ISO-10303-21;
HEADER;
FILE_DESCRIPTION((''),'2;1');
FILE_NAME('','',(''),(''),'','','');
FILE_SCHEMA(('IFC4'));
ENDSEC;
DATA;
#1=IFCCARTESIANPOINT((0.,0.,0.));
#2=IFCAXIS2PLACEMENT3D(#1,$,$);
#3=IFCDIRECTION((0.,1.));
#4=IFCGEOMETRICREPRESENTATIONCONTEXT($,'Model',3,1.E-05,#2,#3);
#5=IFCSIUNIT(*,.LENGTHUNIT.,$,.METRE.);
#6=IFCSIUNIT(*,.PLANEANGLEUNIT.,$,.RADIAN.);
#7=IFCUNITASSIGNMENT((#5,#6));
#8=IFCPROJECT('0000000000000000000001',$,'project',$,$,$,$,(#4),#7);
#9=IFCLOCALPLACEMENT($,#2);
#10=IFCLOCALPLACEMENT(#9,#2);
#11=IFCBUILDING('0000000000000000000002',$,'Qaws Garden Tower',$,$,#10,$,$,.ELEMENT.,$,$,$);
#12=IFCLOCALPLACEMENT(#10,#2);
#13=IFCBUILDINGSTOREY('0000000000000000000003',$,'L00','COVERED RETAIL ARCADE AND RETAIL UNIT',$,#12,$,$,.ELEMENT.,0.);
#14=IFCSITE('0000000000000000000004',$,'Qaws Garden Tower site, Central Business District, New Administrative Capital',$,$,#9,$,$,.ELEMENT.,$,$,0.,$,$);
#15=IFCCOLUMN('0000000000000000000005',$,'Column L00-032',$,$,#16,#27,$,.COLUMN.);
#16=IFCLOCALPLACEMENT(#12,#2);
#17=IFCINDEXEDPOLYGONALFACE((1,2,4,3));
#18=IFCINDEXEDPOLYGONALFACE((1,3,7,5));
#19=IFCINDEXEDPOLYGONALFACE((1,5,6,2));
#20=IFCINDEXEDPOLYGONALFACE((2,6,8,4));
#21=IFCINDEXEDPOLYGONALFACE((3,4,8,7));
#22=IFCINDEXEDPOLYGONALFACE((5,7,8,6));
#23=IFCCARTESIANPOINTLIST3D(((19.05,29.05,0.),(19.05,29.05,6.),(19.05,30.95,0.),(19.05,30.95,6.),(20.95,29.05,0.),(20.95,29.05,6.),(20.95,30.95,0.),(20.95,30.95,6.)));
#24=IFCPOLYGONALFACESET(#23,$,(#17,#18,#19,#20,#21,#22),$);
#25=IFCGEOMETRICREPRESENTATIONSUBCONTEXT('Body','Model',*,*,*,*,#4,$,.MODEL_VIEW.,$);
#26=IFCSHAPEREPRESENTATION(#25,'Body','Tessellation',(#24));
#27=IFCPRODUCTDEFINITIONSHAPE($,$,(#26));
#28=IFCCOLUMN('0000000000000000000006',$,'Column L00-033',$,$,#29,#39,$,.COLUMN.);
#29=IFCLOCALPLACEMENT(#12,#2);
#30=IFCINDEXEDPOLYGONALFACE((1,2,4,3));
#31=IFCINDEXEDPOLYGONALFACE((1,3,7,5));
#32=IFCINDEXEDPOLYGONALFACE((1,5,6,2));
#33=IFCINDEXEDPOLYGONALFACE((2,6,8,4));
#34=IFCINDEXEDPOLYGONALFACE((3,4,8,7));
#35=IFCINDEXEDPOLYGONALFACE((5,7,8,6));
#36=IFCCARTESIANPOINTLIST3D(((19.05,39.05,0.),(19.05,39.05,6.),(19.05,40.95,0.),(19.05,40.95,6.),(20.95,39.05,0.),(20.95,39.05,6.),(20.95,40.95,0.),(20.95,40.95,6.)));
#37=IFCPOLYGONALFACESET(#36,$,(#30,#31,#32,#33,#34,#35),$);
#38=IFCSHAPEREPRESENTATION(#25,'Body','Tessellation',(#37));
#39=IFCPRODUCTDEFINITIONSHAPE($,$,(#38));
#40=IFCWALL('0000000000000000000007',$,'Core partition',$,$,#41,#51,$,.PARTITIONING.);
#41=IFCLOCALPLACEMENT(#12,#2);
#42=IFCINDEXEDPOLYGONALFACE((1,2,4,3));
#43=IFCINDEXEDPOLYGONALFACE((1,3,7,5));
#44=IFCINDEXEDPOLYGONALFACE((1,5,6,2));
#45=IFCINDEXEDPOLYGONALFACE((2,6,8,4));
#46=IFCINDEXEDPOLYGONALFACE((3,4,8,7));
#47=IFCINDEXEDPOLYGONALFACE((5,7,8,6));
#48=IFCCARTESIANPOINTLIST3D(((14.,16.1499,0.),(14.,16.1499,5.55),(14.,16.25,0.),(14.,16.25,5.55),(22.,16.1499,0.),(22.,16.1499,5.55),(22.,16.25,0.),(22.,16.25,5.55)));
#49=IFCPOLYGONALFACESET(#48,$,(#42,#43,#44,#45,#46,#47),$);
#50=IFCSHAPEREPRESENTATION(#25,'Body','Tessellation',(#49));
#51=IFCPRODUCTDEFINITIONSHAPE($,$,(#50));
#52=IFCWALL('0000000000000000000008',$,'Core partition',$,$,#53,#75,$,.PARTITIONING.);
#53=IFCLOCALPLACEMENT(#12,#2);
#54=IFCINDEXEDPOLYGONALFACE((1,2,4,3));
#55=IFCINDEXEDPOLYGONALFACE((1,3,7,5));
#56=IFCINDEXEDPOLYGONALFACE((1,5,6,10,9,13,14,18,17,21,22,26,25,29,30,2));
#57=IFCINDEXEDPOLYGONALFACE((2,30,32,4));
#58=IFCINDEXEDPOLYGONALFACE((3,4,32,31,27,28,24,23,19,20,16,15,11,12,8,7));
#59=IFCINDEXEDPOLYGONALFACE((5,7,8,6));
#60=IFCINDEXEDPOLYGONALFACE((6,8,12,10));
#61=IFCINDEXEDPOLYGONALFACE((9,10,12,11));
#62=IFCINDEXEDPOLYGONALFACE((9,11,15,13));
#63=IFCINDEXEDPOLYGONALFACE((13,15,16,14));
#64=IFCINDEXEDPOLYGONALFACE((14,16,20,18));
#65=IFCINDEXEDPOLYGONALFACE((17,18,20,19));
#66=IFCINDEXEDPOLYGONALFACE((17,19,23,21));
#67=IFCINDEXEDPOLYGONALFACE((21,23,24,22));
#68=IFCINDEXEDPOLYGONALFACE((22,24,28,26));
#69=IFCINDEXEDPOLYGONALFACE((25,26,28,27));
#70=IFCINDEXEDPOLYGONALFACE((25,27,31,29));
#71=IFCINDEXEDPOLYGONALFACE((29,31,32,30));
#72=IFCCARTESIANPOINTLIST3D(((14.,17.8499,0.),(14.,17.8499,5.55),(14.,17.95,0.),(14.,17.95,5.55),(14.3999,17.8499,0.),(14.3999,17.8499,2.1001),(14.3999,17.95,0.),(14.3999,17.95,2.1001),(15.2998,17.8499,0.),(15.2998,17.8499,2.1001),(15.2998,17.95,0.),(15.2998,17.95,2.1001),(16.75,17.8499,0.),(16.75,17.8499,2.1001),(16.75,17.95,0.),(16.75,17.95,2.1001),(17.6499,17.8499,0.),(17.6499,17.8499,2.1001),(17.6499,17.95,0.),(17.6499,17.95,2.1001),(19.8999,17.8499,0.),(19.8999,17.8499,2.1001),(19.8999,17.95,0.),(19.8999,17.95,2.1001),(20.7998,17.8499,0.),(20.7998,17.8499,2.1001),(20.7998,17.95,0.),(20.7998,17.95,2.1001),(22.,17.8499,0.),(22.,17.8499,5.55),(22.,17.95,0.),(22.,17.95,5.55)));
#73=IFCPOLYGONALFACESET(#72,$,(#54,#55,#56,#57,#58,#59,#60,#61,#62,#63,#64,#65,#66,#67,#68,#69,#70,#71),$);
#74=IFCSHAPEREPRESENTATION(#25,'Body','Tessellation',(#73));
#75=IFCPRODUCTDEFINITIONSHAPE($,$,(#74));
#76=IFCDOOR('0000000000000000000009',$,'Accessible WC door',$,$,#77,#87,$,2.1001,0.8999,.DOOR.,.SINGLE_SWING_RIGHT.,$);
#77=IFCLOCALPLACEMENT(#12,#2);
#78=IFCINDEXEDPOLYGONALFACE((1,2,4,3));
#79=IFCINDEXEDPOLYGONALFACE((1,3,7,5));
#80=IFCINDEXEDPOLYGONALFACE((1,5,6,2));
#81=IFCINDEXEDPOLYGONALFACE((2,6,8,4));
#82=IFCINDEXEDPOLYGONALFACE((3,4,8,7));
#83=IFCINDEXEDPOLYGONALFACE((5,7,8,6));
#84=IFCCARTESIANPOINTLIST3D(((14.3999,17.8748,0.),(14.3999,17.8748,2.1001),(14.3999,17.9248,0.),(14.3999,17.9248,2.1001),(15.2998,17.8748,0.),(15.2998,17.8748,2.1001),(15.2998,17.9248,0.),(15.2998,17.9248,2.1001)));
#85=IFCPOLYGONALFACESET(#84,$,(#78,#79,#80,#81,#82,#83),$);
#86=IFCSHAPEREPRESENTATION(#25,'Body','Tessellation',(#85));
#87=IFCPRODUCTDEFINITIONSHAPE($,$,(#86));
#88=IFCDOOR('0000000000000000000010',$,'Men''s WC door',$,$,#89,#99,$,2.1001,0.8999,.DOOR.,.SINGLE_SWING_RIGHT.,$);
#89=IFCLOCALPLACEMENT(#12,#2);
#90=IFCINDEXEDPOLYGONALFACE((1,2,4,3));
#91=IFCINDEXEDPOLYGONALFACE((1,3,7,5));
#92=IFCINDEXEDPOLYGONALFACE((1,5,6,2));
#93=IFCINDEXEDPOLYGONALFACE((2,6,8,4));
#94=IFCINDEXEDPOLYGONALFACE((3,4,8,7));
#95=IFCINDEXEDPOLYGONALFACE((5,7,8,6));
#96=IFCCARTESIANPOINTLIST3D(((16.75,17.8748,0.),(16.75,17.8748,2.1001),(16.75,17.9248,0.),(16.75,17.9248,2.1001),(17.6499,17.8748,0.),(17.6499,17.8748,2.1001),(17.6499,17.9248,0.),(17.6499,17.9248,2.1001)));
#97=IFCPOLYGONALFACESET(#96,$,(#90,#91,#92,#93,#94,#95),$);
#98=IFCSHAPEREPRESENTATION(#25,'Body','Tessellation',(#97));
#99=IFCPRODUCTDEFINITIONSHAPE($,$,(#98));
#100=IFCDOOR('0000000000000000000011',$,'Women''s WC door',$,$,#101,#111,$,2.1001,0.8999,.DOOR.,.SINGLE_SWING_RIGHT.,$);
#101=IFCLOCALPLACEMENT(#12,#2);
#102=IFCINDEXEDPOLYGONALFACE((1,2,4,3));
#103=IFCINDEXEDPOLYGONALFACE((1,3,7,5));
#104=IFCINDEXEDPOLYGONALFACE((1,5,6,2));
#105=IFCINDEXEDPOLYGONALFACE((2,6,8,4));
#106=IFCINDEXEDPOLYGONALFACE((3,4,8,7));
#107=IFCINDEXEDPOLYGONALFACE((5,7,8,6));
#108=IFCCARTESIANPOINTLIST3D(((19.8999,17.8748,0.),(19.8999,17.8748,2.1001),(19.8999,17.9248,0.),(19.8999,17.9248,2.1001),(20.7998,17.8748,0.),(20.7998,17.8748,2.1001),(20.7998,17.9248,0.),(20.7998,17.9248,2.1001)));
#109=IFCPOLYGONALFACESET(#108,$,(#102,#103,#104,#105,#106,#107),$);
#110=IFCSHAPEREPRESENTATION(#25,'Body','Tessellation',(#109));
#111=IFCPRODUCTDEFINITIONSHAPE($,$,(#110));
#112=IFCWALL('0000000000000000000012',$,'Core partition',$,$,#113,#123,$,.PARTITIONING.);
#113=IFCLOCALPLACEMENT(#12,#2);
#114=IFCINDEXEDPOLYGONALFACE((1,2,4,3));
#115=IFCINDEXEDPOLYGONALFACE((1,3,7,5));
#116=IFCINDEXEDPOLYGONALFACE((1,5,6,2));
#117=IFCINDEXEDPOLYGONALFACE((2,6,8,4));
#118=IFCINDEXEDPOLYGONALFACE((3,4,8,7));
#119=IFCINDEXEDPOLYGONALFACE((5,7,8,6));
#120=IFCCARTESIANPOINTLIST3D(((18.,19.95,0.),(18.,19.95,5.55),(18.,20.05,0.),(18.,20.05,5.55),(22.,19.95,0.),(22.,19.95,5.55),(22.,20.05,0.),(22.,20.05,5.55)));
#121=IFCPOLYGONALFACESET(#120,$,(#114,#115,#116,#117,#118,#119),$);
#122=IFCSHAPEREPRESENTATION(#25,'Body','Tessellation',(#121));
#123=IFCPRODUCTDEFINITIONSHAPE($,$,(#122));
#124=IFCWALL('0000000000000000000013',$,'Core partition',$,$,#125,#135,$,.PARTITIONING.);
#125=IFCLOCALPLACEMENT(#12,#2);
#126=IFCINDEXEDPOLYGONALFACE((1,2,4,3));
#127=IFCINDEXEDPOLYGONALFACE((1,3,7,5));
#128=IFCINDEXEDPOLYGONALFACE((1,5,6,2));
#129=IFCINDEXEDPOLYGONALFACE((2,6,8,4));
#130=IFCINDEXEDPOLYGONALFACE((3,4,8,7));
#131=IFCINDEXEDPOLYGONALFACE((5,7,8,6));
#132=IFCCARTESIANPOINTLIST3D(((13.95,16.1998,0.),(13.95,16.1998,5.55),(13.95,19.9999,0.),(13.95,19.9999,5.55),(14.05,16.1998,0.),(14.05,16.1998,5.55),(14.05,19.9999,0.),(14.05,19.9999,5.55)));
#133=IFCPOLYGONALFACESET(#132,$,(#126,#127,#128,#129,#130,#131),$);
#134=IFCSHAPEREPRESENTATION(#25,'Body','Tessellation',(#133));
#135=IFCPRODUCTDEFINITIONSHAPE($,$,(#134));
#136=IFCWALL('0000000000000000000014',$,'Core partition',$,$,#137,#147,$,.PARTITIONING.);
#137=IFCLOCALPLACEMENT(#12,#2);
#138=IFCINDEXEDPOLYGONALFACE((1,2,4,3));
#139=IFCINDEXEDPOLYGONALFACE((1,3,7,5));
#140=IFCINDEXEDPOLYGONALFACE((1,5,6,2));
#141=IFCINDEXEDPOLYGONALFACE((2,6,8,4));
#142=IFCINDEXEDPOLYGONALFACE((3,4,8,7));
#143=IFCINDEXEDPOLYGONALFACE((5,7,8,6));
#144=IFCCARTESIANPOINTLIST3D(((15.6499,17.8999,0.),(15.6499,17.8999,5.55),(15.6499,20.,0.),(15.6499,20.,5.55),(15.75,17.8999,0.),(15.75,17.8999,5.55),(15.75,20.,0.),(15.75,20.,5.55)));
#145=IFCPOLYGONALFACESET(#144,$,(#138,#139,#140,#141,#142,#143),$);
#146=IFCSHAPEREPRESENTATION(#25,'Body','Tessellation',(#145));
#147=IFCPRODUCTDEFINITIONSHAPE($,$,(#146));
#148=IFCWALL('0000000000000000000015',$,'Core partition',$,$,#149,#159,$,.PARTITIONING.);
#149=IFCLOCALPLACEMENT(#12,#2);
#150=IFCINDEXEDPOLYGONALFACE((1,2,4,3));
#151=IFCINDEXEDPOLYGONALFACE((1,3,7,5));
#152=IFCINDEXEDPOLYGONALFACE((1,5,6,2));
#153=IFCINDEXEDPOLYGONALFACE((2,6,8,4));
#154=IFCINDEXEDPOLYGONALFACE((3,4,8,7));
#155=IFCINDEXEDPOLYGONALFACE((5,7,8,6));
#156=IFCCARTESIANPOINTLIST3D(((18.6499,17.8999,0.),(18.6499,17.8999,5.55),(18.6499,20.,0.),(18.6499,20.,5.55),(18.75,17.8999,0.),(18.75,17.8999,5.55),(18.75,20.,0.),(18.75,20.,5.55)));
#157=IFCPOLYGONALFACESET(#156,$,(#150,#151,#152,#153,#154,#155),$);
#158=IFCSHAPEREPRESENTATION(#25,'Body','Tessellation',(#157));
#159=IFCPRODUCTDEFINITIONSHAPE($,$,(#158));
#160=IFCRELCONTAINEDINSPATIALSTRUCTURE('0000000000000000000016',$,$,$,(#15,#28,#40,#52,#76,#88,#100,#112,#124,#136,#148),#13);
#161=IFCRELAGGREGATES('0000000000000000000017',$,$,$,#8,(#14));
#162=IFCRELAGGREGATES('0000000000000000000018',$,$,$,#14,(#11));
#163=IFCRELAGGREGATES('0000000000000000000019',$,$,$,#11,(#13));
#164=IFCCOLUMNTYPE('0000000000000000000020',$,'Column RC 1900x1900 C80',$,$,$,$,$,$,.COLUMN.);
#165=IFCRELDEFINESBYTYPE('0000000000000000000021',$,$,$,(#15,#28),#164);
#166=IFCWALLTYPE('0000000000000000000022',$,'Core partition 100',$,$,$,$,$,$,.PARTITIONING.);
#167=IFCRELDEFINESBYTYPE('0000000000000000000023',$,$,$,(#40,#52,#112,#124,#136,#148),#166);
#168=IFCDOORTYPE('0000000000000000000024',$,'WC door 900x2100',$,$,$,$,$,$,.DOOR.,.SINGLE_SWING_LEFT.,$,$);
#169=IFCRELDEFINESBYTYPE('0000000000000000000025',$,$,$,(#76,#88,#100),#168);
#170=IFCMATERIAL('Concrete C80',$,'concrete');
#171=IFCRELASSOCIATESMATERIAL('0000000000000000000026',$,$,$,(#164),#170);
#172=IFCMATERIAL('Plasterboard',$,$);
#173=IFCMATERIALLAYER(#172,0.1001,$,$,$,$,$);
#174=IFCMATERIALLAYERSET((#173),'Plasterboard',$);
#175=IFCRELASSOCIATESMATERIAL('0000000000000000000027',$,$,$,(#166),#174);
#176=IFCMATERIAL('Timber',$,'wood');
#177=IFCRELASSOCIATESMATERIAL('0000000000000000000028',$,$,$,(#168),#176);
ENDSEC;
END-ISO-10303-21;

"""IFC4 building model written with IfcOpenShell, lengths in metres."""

from ifc_helpers import new_model, si_unit, direction, frame, frame_2d, origin, origin_2d, place, context, subcontext, project, spatial, rectangle, extrude, material, layer, layer_set, material_profile, profile_set, type_object, element, fill, save


model = new_model("IFC4")

# Units and contexts
model_context = context("Model", 3, precision=1e-05, world=origin(), true_north=direction((0.0, 1.0)))
body_context = subcontext(model_context, "Body", "Model", "MODEL_VIEW")
ifc_project = project(units=[si_unit("LENGTHUNIT", "METRE"), si_unit("PLANEANGLEUNIT", "RADIAN")], contexts=[model_context])

# Site, building, storey
site_placement = place(None, origin())
site = spatial("IfcSite", under=ifc_project, at=site_placement, Name="Qaws Garden Tower site, Central Business District, New Administrative Capital", CompositionType="ELEMENT", RefElevation=0.0)
building_placement = place(site_placement, origin())
building = spatial("IfcBuilding", under=site, at=building_placement, Name="Qaws Garden Tower", CompositionType="ELEMENT")
storey_placement = place(building_placement, origin())
storey = spatial("IfcBuildingStorey", under=building, at=storey_placement, Name="L00", Description="COVERED RETAIL ARCADE AND RETAIL UNIT", CompositionType="ELEMENT", Elevation=0.0)

# Columns
ifc_material_1 = material(Name="Concrete C80", Category="concrete")
ifc_material_profile = material_profile(ifc_material_1, rectangle(XDim=1.8999, YDim=1.8999, at=origin_2d()), Name="RC 1900x1900")
ifc_profile_set = profile_set([ifc_material_profile], Name="Concrete C80")
column_type = type_object("IfcColumnType", Name="Column RC 1900x1900 C80", PredefinedType="COLUMN", material=ifc_profile_set)
for number, where, z_axis, x_axis, name in (
    (1, (20.0, 30.0, 0.0), (0.0, 0.0, 1.0), (1.0, 0.0, 0.0), "Column L00-032"),
    (2, (20.0, 40.0, 0.0), (0.0, 0.0, 1.0), (1.0, 0.0, 0.0), "Column L00-033"),
):
    element("IfcColumn", number, at=place(storey_placement, frame(where, z_axis=z_axis, x_axis=x_axis)), inside=storey, type_object=column_type, Name=name, PredefinedType="COLUMN", context=body_context, shape_type="SweptSolid", body=[
        extrude(rectangle(XDim=1.8999, YDim=1.8999, at=origin_2d()), origin(), (0.0, 0.0, 1.0), 6.0),
    ])

# Wall
ifc_material_2 = material(Name="Plasterboard")
ifc_layer_1 = layer(ifc_material_2, 0.1001)
ifc_layer_set_1 = layer_set([ifc_layer_1], Name="Plasterboard")
wall_type_1 = type_object("IfcWallType", Name="Core partition 100", PredefinedType="PARTITIONING", material=ifc_layer_set_1)
wall_1_placement = place(storey_placement, frame((14.0, 16.2, 0.0), z_axis=(0.0, 0.0, 1.0), x_axis=(1.0, 0.0, 0.0)))
element("IfcWall", 3, at=wall_1_placement, inside=storey, type_object=wall_type_1, Name="Core partition", PredefinedType="PARTITIONING", context=body_context, shape_type="SweptSolid", body=[
    extrude(rectangle(XDim=8.0, YDim=0.1001, at=frame_2d((4.0, 0.0))), origin(), (0.0, 0.0, 1.0), 5.55),
])

# Wall, openings, doors
wall_2_placement = place(storey_placement, frame((14.0, 17.8999, 0.0), z_axis=(0.0, 0.0, 1.0), x_axis=(1.0, 0.0, 0.0)))
wall_2 = element("IfcWall", 4, at=wall_2_placement, inside=storey, type_object=wall_type_1, Name="Core partition", PredefinedType="PARTITIONING", context=body_context, shape_type="SweptSolid", body=[
    extrude(rectangle(XDim=8.0, YDim=0.1001, at=frame_2d((4.0, 0.0))), origin(), (0.0, 0.0, 1.0), 5.55),
])
opening_1_placement = place(wall_2_placement, frame((0.3999, 0.0, 0.0)))
opening_1 = element("IfcOpeningElement", 5, at=opening_1_placement, cuts=wall_2, PredefinedType="OPENING", context=body_context, shape_type="SweptSolid", body=[
    extrude(rectangle(XDim=0.8999, YDim=2.1001, at=frame_2d((0.45, 1.05))), frame((0.0, 0.0601, 0.0), z_axis=(0.0, -1.0, 0.0), x_axis=(1.0, 0.0, 0.0)), (0.0, 0.0, 1.0), 0.1201),
])
opening_2_placement = place(wall_2_placement, frame((2.75, 0.0, 0.0)))
opening_2 = element("IfcOpeningElement", 6, at=opening_2_placement, cuts=wall_2, PredefinedType="OPENING", context=body_context, shape_type="SweptSolid", body=[
    extrude(rectangle(XDim=0.8999, YDim=2.1001, at=frame_2d((0.45, 1.05))), frame((0.0, 0.0601, 0.0), z_axis=(0.0, -1.0, 0.0), x_axis=(1.0, 0.0, 0.0)), (0.0, 0.0, 1.0), 0.1201),
])
opening_3_placement = place(wall_2_placement, frame((5.8999, 0.0, 0.0)))
opening_3 = element("IfcOpeningElement", 7, at=opening_3_placement, cuts=wall_2, PredefinedType="OPENING", context=body_context, shape_type="SweptSolid", body=[
    extrude(rectangle(XDim=0.8999, YDim=2.1001, at=frame_2d((0.45, 1.05))), frame((0.0, 0.0601, 0.0), z_axis=(0.0, -1.0, 0.0), x_axis=(1.0, 0.0, 0.0)), (0.0, 0.0, 1.0), 0.1201),
])
ifc_material_3 = material(Name="Timber", Category="wood")
door_type_1 = type_object("IfcDoorType", Name="WC door 900x2100", OperationType="SINGLE_SWING_LEFT", PredefinedType="DOOR", material=ifc_material_3)
door_1_placement = place(opening_1_placement, origin())
door_1 = element("IfcDoor", 8, at=door_1_placement, inside=storey, type_object=door_type_1, Name="Accessible WC door", OperationType="SINGLE_SWING_RIGHT", OverallHeight=2.1001, OverallWidth=0.8999, PredefinedType="DOOR", context=body_context, shape_type="SweptSolid", body=[
    extrude(rectangle(XDim=0.8999, YDim=2.1001, at=frame_2d((0.45, 1.05))), frame((0.0, 0.0249, 0.0), z_axis=(0.0, -1.0, 0.0), x_axis=(1.0, 0.0, 0.0)), (0.0, 0.0, 1.0), 0.05),
])
fill(opening_1, door_1)
door_2_placement = place(opening_2_placement, origin())
door_2 = element("IfcDoor", 9, at=door_2_placement, inside=storey, type_object=door_type_1, Name="Men's WC door", OperationType="SINGLE_SWING_RIGHT", OverallHeight=2.1001, OverallWidth=0.8999, PredefinedType="DOOR", context=body_context, shape_type="SweptSolid", body=[
    extrude(rectangle(XDim=0.8999, YDim=2.1001, at=frame_2d((0.45, 1.05))), frame((0.0, 0.0249, 0.0), z_axis=(0.0, -1.0, 0.0), x_axis=(1.0, 0.0, 0.0)), (0.0, 0.0, 1.0), 0.05),
])
fill(opening_2, door_2)
door_3_placement = place(opening_3_placement, origin())
door_3 = element("IfcDoor", 10, at=door_3_placement, inside=storey, type_object=door_type_1, Name="Women's WC door", OperationType="SINGLE_SWING_RIGHT", OverallHeight=2.1001, OverallWidth=0.8999, PredefinedType="DOOR", context=body_context, shape_type="SweptSolid", body=[
    extrude(rectangle(XDim=0.8999, YDim=2.1001, at=frame_2d((0.45, 1.05))), frame((0.0, 0.0249, 0.0), z_axis=(0.0, -1.0, 0.0), x_axis=(1.0, 0.0, 0.0)), (0.0, 0.0, 1.0), 0.05),
])
fill(opening_3, door_3)

# Walls
wall_3_placement = place(storey_placement, frame((18.0, 20.0, 0.0), z_axis=(0.0, 0.0, 1.0), x_axis=(1.0, 0.0, 0.0)))
element("IfcWall", 11, at=wall_3_placement, inside=storey, type_object=wall_type_1, Name="Core partition", PredefinedType="PARTITIONING", context=body_context, shape_type="SweptSolid", body=[
    extrude(rectangle(XDim=4.0, YDim=0.1001, at=frame_2d((2.0, 0.0))), origin(), (0.0, 0.0, 1.0), 5.55),
])
wall_4_placement = place(storey_placement, frame((14.0, 16.2, 0.0), z_axis=(0.0, 0.0, 1.0), x_axis=(0.0, 1.0, 0.0)))
element("IfcWall", 12, at=wall_4_placement, inside=storey, type_object=wall_type_1, Name="Core partition", PredefinedType="PARTITIONING", context=body_context, shape_type="SweptSolid", body=[
    extrude(rectangle(XDim=3.8, YDim=0.1001, at=frame_2d((1.8999, 0.0))), origin(), (0.0, 0.0, 1.0), 5.55),
])
for number, where, z_axis, x_axis, name in (
    (13, (15.7, 17.8999, 0.0), (0.0, 0.0, 1.0), (0.0, 1.0, 0.0), "Core partition"),
    (14, (18.7, 17.8999, 0.0), (0.0, 0.0, 1.0), (0.0, 1.0, 0.0), "Core partition"),
):
    element("IfcWall", number, at=place(storey_placement, frame(where, z_axis=z_axis, x_axis=x_axis)), inside=storey, type_object=wall_type_1, Name=name, PredefinedType="PARTITIONING", context=body_context, shape_type="SweptSolid", body=[
        extrude(rectangle(XDim=2.1001, YDim=0.1001, at=frame_2d((1.05, 0.0))), origin(), (0.0, 0.0, 1.0), 5.55),
    ])

save(model, "model.ifc")
